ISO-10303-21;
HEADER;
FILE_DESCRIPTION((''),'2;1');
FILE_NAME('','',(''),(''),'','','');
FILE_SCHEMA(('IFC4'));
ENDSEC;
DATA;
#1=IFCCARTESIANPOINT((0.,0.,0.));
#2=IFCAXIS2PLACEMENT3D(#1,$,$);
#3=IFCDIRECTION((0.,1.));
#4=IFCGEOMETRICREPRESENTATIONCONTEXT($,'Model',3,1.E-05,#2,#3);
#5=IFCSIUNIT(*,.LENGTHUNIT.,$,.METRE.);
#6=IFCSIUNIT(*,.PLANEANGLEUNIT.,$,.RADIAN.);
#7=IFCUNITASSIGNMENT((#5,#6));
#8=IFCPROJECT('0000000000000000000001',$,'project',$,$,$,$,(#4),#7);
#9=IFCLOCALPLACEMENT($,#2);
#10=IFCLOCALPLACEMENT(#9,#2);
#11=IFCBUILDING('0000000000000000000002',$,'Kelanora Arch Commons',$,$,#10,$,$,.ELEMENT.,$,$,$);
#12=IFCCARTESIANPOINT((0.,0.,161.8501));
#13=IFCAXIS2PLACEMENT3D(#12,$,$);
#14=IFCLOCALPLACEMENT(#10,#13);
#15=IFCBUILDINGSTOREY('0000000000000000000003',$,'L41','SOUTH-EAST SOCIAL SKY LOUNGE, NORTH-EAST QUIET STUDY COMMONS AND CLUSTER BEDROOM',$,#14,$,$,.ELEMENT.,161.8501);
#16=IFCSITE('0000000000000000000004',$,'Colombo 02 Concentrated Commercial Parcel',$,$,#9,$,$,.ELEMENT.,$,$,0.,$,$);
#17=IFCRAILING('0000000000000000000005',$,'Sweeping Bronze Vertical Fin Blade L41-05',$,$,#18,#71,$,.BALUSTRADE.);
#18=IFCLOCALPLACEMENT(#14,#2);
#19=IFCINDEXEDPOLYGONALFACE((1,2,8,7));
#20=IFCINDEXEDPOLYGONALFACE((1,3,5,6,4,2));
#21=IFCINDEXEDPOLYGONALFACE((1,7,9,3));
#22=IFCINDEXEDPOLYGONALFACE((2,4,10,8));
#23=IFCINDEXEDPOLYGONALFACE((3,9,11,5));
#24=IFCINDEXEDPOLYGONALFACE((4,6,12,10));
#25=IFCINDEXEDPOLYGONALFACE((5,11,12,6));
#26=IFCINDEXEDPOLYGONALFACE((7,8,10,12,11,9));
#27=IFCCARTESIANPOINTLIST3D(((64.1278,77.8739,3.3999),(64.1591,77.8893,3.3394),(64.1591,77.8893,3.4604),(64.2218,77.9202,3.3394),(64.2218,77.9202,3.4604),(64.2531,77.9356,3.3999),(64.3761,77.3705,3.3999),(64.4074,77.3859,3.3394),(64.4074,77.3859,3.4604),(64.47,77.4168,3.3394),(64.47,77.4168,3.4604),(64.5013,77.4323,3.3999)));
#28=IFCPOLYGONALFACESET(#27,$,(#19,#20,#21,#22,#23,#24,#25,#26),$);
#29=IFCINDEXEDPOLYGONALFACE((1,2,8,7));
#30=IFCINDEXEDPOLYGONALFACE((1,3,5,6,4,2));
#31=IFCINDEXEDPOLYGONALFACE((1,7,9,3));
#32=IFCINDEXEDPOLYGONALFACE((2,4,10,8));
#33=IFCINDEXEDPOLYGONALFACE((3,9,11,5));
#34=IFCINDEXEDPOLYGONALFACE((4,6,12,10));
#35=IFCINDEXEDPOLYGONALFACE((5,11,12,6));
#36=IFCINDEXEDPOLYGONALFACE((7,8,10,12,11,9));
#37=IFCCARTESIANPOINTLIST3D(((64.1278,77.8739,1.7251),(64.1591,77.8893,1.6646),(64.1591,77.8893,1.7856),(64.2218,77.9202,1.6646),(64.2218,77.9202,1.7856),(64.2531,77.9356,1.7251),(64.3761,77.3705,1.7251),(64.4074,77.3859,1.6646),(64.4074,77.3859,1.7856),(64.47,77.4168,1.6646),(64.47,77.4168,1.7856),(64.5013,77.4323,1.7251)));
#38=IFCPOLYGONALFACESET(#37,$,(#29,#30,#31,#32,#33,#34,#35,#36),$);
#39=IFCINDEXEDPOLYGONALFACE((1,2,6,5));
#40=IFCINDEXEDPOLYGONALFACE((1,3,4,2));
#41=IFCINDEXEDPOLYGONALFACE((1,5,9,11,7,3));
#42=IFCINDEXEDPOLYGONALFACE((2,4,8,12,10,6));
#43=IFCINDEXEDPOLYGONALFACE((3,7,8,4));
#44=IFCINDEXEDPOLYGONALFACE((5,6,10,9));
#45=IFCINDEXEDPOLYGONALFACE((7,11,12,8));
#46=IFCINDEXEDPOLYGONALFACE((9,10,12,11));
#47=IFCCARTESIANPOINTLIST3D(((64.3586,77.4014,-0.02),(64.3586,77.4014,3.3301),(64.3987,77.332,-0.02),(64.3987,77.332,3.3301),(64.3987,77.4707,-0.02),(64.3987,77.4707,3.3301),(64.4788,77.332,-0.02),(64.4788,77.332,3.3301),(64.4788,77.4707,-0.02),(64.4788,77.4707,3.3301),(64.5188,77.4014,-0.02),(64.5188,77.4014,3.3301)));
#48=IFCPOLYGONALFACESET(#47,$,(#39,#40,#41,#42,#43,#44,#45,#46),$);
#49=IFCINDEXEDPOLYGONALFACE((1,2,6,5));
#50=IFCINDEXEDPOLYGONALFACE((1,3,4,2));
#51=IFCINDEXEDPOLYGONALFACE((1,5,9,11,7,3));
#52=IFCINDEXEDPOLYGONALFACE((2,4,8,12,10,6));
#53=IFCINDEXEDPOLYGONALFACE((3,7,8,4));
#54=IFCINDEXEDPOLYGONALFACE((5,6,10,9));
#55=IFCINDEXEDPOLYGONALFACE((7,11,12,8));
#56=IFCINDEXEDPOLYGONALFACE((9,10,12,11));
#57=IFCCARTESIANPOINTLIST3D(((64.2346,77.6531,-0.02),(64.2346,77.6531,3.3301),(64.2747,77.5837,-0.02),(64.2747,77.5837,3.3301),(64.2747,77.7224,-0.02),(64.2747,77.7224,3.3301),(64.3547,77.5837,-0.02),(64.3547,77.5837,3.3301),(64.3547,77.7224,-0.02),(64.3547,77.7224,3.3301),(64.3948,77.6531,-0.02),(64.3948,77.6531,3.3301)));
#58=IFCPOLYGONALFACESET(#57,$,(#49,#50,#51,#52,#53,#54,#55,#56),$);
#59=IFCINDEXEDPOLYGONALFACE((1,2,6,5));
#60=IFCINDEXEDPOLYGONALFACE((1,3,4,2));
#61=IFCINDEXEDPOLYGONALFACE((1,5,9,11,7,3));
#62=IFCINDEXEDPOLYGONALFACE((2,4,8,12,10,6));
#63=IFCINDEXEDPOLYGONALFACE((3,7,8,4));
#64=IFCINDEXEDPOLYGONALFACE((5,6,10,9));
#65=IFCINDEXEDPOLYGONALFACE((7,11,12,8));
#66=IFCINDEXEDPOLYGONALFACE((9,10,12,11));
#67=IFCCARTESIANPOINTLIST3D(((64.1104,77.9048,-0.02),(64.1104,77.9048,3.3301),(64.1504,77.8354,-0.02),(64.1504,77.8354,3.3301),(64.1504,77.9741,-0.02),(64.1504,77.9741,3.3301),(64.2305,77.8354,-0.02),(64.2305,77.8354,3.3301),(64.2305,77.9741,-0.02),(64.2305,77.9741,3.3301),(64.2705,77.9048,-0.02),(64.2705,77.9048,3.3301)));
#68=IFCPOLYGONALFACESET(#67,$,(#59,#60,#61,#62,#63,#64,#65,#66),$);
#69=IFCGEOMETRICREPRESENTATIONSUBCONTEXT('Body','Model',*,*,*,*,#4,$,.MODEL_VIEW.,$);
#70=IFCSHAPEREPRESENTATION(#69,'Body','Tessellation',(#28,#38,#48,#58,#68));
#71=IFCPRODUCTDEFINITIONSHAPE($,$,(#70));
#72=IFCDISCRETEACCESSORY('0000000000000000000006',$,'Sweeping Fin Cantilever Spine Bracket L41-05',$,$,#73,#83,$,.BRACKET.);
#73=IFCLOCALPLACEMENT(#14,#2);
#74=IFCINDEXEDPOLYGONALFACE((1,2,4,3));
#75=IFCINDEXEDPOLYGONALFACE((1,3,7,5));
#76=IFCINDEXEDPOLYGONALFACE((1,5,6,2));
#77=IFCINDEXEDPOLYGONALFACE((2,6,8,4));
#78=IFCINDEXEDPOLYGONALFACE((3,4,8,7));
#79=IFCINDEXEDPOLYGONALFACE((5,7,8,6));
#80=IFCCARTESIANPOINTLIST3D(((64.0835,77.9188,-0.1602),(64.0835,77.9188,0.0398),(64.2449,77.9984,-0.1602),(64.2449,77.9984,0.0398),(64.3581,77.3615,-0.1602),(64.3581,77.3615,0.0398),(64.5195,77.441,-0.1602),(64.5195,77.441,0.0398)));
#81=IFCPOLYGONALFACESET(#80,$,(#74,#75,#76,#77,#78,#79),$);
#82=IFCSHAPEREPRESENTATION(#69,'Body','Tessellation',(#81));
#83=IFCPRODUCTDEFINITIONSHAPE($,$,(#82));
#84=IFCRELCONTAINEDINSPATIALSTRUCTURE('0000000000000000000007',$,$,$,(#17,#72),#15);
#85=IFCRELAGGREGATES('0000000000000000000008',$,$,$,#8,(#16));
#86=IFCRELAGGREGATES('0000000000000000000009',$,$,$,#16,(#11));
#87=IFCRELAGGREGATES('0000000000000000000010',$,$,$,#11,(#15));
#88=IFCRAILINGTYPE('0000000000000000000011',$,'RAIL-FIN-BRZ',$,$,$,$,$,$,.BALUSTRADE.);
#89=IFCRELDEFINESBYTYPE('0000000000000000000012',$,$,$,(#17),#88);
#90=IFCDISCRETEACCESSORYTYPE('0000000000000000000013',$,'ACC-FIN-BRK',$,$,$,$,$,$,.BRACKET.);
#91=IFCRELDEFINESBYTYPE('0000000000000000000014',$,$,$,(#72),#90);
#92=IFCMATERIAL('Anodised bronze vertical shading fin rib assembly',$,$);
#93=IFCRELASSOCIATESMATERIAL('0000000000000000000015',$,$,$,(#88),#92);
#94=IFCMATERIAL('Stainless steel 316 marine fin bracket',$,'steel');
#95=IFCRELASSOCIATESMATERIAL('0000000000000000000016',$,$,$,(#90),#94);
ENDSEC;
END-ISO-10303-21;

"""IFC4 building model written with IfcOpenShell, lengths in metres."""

from ifc_helpers import new_model, si_unit, direction, frame, origin, origin_2d, place, context, subcontext, project, spatial, polyline, rectangle, outline, extrude, source, transform, mapped, material, type_object, element, save


model = new_model("IFC4")

# Units and contexts
model_context = context("Model", 3, precision=1e-05, world=origin(), true_north=direction((0.0, 1.0)))
body_context = subcontext(model_context, "Body", "Model", "MODEL_VIEW")
ifc_project = project(units=[si_unit("LENGTHUNIT", "METRE"), si_unit("PLANEANGLEUNIT", "RADIAN")], contexts=[model_context])

# Site, building, storey
site_placement = place(None, origin())
site = spatial("IfcSite", under=ifc_project, at=site_placement, Name="Colombo 02 Concentrated Commercial Parcel", CompositionType="ELEMENT", RefElevation=0.0)
building_placement = place(site_placement, origin())
building = spatial("IfcBuilding", under=site, at=building_placement, Name="Kelanora Arch Commons", CompositionType="ELEMENT")
storey_placement = place(building_placement, frame((0.0, 0.0, 161.8501)))
storey = spatial("IfcBuildingStorey", under=building, at=storey_placement, Name="L41", Description="SOUTH-EAST SOCIAL SKY LOUNGE, NORTH-EAST QUIET STUDY COMMONS AND CLUSTER BEDROOM", CompositionType="ELEMENT", Elevation=161.8501)

# Railing
ifc_material_1 = material(Name="Anodised bronze vertical shading fin rib assembly")
railing_type = type_object("IfcRailingType", Name="RAIL-FIN-BRZ", PredefinedType="BALUSTRADE", material=ifc_material_1)
railing_placement = place(storey_placement, frame((64.4387, 77.4014, -0.02)))
element("IfcRailing", 1, at=railing_placement, inside=storey, type_object=railing_type, Name="Sweeping Bronze Vertical Fin Blade L41-05", PredefinedType="BALUSTRADE", context=body_context, shape_type="SweptSolid", body=[
    extrude(outline(polyline([(0.0698, 0.0), (0.0349, 0.0605), (-0.0349, 0.0605), (-0.0698, 0.0), (-0.0349, -0.0605), (0.0349, -0.0605), (0.0698, 0.0)])), frame((0.0, 0.0, 3.4199), z_axis=(-0.442336, 0.89685, 0.0), x_axis=(-0.89685, -0.442336, 0.0)), (0.0, 0.0, 1.0), 0.5613),
    extrude(outline(polyline([(0.0698, 0.0), (0.0349, 0.0605), (-0.0349, 0.0605), (-0.0698, 0.0), (-0.0349, -0.0605), (0.0349, -0.0605), (0.0698, 0.0)])), frame((0.0, 0.0, 1.7451), z_axis=(-0.442336, 0.89685, 0.0), x_axis=(-0.89685, -0.442336, 0.0)), (0.0, 0.0, 1.0), 0.5613),
    extrude(outline(polyline([(0.0801, 0.0), (0.04, 0.0693), (-0.04, 0.0693), (-0.0801, 0.0), (-0.04, -0.0693), (0.04, -0.0693), (0.0801, 0.0)])), origin(), (0.0, 0.0, 1.0), 3.3501),
    extrude(outline(polyline([(0.0801, 0.0), (0.04, 0.0693), (-0.04, 0.0693), (-0.0801, 0.0), (-0.04, -0.0693), (0.04, -0.0693), (0.0801, 0.0)])), frame((-0.124, 0.2517, 0.0)), (0.0, 0.0, 1.0), 3.3501),
    extrude(outline(polyline([(0.0801, 0.0), (0.04, 0.0693), (-0.04, 0.0693), (-0.0801, 0.0), (-0.04, -0.0693), (0.04, -0.0693), (0.0801, 0.0)])), frame((-0.2483, 0.5034, 0.0)), (0.0, 0.0, 1.0), 3.3501),
])

# Discrete accessory
ifc_material_2 = material(Name="Stainless steel 316 marine fin bracket", Category="steel")
discrete_accessory_type = type_object("IfcDiscreteAccessoryType", Name="ACC-FIN-BRK", PredefinedType="BRACKET", material=ifc_material_2)
shared_shape_1 = source(origin(), body_context, "Body", "SweptSolid", [
    extrude(rectangle(XDim=0.6213, YDim=0.1799, at=origin_2d()), origin(), (0.0, 0.0, 1.0), 0.2),
])
discrete_accessory_placement = place(storey_placement, frame((64.3015, 77.6799, -0.1602), z_axis=(0.0, 0.0, 1.0), x_axis=(-0.441976, 0.897027, 0.0)))
element("IfcDiscreteAccessory", 2, at=discrete_accessory_placement, inside=storey, type_object=discrete_accessory_type, Name="Sweeping Fin Cantilever Spine Bracket L41-05", PredefinedType="BRACKET", context=body_context, shape_type="MappedRepresentation", body=[
    mapped(shared_shape_1, transform((0.0, 0.0, 0.0), scale=1.0)),
])

save(model, "model.ifc")
